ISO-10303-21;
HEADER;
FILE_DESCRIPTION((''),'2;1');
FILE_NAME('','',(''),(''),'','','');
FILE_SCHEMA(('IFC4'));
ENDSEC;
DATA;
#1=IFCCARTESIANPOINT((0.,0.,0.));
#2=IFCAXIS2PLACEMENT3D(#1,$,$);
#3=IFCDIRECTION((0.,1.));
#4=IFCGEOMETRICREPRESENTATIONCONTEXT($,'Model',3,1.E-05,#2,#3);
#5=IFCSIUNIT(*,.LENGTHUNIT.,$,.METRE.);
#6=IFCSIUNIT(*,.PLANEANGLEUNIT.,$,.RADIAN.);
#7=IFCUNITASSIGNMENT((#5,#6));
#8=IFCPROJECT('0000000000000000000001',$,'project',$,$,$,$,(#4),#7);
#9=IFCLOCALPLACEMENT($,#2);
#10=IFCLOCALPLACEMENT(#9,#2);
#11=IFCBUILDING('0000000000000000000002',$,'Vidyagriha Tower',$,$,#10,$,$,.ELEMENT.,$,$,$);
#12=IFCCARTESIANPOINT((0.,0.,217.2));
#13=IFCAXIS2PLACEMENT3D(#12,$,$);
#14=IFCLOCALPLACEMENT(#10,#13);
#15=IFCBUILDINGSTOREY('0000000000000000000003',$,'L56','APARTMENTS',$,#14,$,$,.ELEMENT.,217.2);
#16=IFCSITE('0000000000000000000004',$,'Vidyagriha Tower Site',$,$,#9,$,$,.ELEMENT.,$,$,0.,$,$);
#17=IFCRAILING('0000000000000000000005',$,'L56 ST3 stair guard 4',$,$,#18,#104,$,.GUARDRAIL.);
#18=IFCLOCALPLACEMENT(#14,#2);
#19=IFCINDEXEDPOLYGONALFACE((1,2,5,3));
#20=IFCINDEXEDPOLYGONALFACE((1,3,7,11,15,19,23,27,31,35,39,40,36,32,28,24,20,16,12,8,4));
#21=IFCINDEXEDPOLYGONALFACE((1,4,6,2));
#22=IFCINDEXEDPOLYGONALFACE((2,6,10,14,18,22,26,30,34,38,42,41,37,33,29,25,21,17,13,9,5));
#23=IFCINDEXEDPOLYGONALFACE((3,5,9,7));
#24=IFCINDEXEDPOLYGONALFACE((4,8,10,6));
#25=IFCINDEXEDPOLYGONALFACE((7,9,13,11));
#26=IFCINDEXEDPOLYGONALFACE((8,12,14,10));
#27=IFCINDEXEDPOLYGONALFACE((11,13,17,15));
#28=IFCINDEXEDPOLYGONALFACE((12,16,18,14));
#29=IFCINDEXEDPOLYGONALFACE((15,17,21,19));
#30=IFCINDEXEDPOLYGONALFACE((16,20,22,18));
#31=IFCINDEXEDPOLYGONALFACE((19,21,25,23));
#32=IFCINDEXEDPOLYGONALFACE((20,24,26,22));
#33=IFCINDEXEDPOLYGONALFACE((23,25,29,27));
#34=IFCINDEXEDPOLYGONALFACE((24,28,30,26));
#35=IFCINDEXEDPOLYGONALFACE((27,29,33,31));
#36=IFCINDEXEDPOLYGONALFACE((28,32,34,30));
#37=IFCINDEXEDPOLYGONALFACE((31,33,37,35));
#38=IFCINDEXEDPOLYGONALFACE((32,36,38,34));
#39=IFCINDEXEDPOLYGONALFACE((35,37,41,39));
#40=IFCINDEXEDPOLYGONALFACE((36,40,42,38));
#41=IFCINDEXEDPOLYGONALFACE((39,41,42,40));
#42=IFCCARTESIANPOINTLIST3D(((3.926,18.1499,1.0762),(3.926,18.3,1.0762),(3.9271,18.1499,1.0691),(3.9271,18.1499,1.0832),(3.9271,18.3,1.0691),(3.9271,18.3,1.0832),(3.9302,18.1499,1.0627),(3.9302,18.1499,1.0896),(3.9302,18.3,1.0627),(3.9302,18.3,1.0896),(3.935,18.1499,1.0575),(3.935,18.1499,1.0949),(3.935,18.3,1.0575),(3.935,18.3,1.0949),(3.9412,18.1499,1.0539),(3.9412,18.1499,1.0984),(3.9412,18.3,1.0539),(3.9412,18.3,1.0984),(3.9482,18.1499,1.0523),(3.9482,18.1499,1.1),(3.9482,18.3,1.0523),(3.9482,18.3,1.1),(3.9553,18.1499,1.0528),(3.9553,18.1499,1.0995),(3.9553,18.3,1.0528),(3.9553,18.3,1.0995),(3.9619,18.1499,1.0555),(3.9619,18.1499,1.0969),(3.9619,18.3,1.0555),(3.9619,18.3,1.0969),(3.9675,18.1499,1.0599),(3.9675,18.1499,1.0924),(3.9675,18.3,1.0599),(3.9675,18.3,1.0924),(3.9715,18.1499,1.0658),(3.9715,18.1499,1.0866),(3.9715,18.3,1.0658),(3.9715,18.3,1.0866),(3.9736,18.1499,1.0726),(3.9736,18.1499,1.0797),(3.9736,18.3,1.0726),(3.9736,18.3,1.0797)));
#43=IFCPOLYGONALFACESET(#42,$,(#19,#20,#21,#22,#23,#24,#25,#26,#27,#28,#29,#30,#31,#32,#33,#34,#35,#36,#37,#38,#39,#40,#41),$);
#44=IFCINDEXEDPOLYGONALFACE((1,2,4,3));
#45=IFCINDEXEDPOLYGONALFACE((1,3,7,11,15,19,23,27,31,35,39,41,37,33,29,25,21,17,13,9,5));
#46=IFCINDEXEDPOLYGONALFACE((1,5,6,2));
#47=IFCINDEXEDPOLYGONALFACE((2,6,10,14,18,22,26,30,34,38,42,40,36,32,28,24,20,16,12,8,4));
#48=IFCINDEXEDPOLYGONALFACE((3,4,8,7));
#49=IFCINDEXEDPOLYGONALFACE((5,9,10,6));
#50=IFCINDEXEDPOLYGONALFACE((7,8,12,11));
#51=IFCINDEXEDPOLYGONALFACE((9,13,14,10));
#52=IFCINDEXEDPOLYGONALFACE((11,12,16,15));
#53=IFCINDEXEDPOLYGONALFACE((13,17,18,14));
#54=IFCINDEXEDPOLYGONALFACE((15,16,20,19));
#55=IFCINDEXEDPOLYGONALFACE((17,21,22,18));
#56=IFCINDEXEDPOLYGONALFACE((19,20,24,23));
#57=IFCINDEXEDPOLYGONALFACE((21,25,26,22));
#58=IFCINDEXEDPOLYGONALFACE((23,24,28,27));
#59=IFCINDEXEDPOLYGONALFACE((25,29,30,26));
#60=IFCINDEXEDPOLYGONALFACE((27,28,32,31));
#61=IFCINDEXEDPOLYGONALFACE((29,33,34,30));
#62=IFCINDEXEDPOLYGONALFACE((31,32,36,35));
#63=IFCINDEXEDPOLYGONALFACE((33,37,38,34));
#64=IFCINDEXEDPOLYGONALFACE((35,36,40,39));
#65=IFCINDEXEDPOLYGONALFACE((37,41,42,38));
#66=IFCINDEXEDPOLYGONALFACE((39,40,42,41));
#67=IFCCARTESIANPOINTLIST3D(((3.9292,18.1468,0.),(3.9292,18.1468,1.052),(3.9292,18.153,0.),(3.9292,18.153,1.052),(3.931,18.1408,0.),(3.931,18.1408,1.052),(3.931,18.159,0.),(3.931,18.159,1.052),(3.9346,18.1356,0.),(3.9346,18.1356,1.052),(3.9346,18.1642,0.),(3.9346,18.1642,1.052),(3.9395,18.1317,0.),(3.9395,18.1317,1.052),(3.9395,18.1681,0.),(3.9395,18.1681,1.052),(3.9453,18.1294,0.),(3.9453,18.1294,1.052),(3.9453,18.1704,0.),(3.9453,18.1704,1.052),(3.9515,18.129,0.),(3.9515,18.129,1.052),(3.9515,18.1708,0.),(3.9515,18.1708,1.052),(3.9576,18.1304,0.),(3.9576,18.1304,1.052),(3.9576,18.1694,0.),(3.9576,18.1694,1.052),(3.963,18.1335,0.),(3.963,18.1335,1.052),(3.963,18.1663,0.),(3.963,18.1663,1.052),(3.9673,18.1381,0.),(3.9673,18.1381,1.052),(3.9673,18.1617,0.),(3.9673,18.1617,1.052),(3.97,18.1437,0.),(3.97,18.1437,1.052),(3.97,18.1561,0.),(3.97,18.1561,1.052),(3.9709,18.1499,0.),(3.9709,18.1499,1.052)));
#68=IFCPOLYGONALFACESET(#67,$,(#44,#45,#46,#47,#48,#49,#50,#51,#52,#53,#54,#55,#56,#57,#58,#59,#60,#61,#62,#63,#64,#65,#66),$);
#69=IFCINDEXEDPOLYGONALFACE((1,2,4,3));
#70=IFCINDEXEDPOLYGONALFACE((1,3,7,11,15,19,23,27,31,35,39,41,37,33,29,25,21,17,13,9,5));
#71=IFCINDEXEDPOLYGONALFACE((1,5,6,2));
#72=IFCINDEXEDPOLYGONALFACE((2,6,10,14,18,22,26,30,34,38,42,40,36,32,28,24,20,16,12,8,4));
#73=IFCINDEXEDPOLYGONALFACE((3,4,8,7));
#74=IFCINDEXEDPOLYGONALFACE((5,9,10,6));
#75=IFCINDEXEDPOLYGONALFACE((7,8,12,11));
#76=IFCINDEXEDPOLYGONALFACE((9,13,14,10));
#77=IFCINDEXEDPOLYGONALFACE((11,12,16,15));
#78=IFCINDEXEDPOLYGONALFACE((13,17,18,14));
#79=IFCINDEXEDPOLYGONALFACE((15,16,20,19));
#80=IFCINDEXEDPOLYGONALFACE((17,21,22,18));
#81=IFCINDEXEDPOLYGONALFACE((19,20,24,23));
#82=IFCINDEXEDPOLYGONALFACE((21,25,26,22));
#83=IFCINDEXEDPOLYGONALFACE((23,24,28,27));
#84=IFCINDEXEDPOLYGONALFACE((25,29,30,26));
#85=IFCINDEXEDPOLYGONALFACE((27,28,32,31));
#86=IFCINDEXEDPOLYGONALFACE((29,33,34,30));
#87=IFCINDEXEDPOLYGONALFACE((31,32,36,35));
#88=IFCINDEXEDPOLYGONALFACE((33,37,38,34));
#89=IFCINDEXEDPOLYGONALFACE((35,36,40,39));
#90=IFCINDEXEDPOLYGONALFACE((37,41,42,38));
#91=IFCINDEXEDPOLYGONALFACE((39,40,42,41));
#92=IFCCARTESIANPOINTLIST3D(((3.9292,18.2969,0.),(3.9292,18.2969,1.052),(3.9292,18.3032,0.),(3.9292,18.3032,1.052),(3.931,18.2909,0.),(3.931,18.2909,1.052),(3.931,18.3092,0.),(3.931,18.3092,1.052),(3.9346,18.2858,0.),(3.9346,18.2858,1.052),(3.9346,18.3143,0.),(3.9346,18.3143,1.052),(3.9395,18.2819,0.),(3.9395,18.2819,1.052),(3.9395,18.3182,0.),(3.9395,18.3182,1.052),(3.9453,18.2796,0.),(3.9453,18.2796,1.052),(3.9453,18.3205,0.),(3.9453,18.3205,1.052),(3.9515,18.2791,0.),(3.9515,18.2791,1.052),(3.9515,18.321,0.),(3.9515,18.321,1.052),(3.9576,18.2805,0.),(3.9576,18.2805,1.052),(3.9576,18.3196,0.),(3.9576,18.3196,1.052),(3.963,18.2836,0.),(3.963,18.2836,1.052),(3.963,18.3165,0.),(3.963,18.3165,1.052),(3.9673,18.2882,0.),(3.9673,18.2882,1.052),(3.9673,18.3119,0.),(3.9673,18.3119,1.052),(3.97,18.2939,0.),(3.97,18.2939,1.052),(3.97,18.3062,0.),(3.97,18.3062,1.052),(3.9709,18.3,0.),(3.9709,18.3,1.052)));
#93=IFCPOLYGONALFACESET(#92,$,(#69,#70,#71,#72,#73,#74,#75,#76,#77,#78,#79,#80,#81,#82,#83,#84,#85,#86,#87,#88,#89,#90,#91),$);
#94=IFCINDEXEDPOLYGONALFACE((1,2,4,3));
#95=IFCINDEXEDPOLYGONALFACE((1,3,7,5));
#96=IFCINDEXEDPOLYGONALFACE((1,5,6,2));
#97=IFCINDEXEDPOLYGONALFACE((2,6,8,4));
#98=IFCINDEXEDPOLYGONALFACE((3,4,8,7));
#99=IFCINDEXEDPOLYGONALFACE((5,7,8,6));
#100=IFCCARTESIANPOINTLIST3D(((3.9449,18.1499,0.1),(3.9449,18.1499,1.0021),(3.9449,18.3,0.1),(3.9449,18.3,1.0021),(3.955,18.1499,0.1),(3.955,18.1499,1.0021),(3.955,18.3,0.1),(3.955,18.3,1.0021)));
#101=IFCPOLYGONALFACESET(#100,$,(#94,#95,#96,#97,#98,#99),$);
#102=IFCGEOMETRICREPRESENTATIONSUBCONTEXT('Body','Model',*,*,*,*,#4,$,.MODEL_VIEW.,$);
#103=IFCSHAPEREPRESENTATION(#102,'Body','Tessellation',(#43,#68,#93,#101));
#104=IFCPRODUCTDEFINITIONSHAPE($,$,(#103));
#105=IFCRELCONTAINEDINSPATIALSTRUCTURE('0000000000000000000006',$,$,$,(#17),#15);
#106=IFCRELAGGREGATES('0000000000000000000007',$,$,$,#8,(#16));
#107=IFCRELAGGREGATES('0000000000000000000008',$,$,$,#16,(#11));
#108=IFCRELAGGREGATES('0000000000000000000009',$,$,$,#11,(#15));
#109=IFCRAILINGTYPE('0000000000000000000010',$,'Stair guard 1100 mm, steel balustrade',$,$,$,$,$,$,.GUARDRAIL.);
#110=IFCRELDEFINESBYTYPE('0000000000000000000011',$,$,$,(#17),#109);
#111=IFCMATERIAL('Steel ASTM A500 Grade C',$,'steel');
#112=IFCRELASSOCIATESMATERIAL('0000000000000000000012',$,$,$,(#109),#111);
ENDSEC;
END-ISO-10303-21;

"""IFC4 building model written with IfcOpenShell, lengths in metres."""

from ifc_helpers import new_model, si_unit, direction, frame, origin, origin_2d, place, context, subcontext, project, spatial, rectangle, circle, extrude, material, type_object, element, save


model = new_model("IFC4")

# Units and contexts
model_context = context("Model", 3, precision=1e-05, world=origin(), true_north=direction((0.0, 1.0)))
body_context = subcontext(model_context, "Body", "Model", "MODEL_VIEW")
ifc_project = project(units=[si_unit("LENGTHUNIT", "METRE"), si_unit("PLANEANGLEUNIT", "RADIAN")], contexts=[model_context])

# Site, building, storey
site_placement = place(None, origin())
site = spatial("IfcSite", under=ifc_project, at=site_placement, Name="Vidyagriha Tower Site", CompositionType="ELEMENT", RefElevation=0.0)
building_placement = place(site_placement, origin())
building = spatial("IfcBuilding", under=site, at=building_placement, Name="Vidyagriha Tower", CompositionType="ELEMENT")
storey_placement = place(building_placement, frame((0.0, 0.0, 217.2)))
storey = spatial("IfcBuildingStorey", under=building, at=storey_placement, Name="L56", Description="APARTMENTS", CompositionType="ELEMENT", Elevation=217.2)

# Railing
ifc_material_1 = material(Name="Steel ASTM A500 Grade C", Category="steel")
railing_type_1 = type_object("IfcRailingType", Name="Stair guard 1100 mm, steel balustrade", PredefinedType="GUARDRAIL", material=ifc_material_1)
railing_1_placement = place(storey_placement, frame((3.95, 18.1499, 0.0)))
element("IfcRailing", 1, at=railing_1_placement, inside=storey, type_object=railing_type_1, Name="L56 ST3 stair guard 4", PredefinedType="GUARDRAIL", context=body_context, shape_type="SweptSolid", body=[
    extrude(circle(Radius=0.0239, at=origin_2d()), frame((0.0, 0.0, 1.0762), z_axis=(0.0, 1.0, 0.0), x_axis=(-1.0, 0.0, 0.0)), (0.0, 0.0, 1.0), 0.1501),
    extrude(circle(Radius=0.021, at=origin_2d()), origin(), (0.0, 0.0, 1.0), 1.052),
    extrude(circle(Radius=0.021, at=origin_2d()), frame((0.0, 0.1501, 0.0)), (0.0, 0.0, 1.0), 1.052),
    extrude(rectangle(XDim=0.01, YDim=0.9021, at=origin_2d()), frame((0.0, 0.0, 0.551), z_axis=(0.0, 1.0, 0.0), x_axis=(-1.0, 0.0, 0.0)), (0.0, 0.0, 1.0), 0.1501),
])

save(model, "model.ifc")
